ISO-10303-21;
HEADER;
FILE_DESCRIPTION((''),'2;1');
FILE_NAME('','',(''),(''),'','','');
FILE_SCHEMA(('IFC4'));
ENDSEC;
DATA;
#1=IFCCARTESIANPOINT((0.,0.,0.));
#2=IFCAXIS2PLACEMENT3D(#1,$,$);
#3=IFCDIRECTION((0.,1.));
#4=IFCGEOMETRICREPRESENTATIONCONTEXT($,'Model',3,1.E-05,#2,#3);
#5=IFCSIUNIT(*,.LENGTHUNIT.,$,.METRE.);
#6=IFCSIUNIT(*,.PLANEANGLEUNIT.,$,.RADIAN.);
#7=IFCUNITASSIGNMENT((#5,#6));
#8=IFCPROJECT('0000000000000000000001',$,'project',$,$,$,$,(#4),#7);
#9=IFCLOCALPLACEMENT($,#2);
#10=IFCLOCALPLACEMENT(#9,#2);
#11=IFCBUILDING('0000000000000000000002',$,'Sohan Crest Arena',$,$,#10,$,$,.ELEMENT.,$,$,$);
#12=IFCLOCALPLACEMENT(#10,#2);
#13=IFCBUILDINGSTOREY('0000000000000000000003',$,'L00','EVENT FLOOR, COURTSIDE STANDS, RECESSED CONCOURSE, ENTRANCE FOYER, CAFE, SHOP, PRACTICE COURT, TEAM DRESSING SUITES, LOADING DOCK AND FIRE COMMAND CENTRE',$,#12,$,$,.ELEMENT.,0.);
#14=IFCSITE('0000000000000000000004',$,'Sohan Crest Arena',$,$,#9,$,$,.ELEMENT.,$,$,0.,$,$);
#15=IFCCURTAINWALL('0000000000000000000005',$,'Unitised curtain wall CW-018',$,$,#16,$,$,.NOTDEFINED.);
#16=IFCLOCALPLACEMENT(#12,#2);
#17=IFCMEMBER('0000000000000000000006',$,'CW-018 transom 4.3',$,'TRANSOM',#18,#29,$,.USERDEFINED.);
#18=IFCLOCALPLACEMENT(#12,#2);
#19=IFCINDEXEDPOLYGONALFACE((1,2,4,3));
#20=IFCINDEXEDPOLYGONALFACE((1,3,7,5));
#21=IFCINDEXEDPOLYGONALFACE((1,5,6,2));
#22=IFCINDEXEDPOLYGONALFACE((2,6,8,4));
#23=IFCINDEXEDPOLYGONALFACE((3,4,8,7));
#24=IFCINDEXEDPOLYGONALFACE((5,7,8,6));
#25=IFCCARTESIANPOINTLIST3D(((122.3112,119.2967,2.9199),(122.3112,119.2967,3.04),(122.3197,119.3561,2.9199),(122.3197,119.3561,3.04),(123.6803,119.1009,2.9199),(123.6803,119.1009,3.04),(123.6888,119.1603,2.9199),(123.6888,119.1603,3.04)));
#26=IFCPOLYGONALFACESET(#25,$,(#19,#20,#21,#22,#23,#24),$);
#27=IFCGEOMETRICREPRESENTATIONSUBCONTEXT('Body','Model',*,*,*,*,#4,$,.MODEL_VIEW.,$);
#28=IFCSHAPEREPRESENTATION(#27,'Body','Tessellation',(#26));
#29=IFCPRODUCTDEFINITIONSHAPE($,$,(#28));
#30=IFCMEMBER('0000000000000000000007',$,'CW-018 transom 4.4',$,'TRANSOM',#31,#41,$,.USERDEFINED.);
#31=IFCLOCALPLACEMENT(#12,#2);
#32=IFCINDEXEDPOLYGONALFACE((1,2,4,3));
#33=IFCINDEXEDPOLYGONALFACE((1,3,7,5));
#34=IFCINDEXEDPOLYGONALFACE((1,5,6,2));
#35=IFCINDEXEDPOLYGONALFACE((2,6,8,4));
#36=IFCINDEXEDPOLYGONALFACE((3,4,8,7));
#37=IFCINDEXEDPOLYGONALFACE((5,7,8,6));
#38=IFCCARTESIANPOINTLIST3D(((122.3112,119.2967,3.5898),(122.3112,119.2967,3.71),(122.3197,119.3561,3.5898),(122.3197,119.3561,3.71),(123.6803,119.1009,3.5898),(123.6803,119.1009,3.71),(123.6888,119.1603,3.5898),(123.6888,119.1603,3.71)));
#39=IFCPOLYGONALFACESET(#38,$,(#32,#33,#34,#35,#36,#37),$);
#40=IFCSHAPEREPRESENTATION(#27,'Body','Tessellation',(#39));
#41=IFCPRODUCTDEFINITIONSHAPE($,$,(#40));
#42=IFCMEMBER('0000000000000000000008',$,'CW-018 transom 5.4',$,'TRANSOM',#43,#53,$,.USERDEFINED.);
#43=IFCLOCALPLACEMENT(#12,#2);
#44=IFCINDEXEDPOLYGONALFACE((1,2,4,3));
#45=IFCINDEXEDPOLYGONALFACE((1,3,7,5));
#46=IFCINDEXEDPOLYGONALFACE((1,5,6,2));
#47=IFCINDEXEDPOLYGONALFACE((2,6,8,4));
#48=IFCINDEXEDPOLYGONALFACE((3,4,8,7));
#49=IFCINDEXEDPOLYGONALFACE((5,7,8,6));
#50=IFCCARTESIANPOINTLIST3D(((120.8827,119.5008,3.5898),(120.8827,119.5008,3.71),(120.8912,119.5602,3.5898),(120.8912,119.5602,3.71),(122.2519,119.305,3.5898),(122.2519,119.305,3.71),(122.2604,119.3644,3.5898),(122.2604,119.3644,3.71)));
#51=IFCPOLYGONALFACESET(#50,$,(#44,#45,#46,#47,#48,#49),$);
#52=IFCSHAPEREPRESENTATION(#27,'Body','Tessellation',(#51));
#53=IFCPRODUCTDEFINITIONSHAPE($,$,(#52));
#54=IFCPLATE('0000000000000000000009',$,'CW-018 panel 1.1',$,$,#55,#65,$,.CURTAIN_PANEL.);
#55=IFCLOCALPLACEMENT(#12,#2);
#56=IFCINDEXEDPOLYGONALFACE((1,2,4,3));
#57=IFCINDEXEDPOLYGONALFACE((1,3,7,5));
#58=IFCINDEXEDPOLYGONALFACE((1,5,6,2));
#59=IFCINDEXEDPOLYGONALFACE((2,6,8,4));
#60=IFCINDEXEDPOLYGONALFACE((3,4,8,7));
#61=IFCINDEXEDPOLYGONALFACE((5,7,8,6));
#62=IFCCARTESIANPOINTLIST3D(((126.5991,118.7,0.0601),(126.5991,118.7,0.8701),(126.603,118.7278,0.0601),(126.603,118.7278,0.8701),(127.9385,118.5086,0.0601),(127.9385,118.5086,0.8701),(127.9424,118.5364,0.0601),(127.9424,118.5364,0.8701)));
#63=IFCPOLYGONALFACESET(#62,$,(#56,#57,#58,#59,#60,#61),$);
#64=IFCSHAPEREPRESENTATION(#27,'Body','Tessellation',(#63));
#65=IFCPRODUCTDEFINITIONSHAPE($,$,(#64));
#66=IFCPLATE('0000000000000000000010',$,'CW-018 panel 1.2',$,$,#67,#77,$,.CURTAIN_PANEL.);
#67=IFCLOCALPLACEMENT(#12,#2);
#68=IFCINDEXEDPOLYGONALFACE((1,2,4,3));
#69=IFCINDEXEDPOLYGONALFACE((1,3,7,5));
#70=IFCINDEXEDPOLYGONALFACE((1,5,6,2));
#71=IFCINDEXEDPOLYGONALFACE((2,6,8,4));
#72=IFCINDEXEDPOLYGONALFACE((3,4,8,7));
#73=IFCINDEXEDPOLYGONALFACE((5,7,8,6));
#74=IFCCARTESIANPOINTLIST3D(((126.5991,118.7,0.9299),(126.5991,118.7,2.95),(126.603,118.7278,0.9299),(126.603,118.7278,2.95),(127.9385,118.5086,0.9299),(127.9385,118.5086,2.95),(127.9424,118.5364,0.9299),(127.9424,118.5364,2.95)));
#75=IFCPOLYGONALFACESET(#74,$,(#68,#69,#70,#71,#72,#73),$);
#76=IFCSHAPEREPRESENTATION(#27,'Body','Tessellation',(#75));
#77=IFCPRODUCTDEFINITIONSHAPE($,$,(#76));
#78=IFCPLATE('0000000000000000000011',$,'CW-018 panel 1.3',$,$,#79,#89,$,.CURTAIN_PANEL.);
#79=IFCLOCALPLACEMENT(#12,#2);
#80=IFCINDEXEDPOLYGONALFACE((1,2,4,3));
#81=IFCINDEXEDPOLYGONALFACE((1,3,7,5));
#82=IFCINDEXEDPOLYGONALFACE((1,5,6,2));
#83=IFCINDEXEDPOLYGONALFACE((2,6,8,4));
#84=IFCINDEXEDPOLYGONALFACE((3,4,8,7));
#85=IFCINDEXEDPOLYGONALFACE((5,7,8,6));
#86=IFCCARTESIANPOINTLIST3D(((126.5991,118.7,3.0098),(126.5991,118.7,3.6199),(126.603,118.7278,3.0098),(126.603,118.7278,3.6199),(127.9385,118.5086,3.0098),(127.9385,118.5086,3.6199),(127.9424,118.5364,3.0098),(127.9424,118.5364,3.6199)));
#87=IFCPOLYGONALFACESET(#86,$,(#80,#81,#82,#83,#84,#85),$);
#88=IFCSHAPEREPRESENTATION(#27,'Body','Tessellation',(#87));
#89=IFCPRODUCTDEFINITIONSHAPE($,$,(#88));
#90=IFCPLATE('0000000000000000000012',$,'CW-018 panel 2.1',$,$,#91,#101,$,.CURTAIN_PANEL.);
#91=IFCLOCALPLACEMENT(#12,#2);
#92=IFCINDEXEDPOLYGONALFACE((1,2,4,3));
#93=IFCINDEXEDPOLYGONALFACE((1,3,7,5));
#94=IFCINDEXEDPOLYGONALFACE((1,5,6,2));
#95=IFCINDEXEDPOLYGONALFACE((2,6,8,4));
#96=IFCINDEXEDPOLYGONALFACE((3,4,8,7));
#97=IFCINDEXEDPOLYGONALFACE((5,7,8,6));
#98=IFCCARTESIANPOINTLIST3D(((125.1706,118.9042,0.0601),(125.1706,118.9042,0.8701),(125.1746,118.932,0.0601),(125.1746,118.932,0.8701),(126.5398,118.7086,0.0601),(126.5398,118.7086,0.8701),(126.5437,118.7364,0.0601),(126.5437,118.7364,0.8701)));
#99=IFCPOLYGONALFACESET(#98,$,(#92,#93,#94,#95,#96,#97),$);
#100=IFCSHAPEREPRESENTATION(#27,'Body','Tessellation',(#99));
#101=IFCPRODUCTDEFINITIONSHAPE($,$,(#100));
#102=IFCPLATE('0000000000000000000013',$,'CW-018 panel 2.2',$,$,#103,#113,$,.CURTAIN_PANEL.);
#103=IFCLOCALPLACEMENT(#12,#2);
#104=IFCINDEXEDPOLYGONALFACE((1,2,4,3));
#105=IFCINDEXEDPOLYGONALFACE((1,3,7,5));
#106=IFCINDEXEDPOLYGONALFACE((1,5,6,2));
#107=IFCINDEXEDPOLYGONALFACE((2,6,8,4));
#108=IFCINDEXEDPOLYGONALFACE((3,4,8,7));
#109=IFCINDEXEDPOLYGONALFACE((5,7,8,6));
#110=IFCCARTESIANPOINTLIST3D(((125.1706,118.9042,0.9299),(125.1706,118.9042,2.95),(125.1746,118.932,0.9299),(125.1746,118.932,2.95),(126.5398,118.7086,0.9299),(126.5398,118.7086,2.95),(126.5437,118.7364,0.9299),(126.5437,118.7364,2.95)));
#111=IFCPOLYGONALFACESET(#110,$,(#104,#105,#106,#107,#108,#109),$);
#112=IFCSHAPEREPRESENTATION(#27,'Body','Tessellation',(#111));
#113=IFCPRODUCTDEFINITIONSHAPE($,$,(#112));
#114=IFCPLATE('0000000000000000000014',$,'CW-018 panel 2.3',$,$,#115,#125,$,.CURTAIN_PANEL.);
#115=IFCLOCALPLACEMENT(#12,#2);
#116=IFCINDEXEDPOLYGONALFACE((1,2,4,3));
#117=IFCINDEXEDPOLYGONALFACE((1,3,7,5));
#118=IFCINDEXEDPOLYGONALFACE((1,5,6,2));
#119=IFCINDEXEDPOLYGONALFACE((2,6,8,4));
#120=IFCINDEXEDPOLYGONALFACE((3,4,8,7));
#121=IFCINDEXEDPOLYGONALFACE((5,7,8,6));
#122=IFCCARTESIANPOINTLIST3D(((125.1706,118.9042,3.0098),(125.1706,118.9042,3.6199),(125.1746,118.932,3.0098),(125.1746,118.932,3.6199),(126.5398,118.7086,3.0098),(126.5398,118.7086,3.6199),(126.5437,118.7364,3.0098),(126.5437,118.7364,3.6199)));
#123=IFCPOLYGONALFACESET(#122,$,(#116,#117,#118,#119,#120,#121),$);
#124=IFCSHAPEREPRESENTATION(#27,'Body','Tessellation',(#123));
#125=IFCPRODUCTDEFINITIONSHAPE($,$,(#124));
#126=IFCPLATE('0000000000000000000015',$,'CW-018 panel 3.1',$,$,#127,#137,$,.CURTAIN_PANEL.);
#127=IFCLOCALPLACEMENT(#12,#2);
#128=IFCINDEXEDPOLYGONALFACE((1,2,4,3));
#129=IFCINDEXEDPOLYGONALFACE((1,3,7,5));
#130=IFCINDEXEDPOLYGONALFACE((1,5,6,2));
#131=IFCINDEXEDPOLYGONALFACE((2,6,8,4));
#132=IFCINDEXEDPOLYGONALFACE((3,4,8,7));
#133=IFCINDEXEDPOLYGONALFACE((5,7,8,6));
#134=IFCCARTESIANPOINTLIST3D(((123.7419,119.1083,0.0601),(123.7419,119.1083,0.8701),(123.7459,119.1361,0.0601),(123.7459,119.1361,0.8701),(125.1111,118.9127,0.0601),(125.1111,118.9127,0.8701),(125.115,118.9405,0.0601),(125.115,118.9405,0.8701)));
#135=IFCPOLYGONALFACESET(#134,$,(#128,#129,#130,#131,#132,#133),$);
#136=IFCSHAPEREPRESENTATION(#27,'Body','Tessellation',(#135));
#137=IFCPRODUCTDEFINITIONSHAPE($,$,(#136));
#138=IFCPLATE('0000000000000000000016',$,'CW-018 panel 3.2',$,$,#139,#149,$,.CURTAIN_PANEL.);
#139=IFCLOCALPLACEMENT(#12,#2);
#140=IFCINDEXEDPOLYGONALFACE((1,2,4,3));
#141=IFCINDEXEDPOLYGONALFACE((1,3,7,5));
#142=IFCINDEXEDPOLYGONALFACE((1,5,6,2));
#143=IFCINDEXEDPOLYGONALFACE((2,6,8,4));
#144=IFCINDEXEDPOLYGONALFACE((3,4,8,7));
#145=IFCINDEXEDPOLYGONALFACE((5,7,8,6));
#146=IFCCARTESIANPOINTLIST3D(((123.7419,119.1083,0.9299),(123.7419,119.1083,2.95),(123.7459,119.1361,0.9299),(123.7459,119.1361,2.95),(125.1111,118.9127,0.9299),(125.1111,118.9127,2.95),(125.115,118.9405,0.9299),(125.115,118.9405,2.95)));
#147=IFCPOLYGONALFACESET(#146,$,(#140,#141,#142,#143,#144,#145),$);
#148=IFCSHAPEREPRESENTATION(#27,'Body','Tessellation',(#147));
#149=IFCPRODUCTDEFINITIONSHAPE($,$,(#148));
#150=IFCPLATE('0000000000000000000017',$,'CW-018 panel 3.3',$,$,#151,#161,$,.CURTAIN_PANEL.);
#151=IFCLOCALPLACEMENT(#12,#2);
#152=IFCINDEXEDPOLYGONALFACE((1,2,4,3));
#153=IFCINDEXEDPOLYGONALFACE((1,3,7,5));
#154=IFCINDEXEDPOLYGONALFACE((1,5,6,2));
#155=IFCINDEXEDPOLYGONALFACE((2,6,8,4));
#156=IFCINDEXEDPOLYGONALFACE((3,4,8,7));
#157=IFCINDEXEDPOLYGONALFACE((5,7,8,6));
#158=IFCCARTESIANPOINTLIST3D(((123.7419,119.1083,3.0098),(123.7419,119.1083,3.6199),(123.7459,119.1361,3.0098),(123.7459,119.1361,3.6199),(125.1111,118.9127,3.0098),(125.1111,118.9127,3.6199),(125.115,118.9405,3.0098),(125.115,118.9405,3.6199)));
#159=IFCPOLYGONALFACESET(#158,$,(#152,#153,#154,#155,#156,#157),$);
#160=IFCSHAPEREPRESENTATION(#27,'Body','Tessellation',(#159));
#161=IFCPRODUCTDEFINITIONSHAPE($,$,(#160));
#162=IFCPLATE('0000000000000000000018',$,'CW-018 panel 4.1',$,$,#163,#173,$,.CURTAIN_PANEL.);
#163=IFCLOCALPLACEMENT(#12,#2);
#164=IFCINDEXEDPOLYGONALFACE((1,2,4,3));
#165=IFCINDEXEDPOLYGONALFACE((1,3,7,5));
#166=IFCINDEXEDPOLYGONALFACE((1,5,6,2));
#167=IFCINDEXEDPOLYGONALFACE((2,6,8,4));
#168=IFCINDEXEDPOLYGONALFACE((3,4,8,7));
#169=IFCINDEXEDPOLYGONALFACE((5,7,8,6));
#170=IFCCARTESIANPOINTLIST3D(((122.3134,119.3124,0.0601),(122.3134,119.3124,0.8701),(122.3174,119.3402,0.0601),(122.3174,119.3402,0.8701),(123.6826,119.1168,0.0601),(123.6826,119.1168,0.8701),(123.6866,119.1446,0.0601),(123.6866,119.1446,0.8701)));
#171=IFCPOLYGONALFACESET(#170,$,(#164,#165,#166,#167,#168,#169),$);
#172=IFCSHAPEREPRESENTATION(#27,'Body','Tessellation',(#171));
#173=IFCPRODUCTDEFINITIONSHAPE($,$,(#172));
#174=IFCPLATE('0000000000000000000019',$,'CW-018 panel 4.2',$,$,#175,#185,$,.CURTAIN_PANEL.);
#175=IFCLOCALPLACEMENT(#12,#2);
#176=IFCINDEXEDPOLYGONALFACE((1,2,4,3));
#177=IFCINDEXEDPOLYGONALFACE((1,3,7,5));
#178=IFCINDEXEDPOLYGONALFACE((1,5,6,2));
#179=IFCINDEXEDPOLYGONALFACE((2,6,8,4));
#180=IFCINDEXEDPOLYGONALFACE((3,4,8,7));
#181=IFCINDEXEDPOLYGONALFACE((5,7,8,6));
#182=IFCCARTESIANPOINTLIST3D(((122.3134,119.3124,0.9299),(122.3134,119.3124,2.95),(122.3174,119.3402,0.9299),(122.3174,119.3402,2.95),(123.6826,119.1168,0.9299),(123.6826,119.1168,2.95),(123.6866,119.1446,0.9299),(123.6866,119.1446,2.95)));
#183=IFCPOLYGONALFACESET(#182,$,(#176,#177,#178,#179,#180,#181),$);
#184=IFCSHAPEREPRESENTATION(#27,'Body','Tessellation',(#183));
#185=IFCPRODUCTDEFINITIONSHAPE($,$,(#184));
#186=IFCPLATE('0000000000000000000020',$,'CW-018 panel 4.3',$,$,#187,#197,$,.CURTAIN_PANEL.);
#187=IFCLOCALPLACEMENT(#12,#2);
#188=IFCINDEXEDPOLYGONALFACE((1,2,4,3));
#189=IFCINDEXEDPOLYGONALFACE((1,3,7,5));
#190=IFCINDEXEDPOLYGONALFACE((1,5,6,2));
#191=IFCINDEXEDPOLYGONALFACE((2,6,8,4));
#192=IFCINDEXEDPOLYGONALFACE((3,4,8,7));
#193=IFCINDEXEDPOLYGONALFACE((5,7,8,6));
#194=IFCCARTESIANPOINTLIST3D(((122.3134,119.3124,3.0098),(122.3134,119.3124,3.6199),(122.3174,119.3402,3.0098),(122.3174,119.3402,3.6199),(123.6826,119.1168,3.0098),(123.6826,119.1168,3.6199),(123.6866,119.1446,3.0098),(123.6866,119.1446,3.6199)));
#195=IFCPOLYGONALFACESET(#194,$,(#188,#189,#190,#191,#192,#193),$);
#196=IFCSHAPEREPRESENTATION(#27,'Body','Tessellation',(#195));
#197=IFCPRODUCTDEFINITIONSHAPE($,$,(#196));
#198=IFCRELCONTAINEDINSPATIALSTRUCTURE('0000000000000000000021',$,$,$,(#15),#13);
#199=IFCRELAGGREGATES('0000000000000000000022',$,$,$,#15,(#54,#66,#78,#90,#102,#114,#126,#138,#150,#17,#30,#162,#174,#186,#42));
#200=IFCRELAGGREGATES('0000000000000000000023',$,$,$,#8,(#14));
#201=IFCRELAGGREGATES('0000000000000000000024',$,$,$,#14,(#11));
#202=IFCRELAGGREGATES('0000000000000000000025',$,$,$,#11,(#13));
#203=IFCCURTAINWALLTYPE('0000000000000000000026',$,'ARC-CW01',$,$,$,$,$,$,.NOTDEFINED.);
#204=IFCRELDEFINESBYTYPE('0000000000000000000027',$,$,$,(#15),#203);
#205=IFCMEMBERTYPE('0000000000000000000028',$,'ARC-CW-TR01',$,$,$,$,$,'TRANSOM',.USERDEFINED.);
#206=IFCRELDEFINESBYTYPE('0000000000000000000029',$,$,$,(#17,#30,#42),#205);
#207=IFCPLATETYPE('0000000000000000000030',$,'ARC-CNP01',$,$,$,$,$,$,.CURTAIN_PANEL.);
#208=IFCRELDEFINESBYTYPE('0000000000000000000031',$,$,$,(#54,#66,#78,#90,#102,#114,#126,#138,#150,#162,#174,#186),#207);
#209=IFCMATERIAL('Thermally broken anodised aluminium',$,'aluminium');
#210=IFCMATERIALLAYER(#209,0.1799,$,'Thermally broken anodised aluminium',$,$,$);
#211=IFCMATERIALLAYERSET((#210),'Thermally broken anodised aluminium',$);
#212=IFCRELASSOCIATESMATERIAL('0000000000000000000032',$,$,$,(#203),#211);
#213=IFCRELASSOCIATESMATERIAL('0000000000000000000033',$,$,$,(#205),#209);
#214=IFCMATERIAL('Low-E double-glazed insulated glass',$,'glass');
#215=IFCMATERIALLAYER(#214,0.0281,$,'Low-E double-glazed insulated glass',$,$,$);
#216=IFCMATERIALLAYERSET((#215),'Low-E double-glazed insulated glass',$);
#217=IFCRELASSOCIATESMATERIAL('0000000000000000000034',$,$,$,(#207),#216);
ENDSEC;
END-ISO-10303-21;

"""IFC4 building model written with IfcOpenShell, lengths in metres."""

from ifc_helpers import new_model, si_unit, direction, frame, origin, origin_2d, place, context, subcontext, project, spatial, rectangle, extrude, material, layer, layer_set, material_profile, profile_set, type_object, element, aggregate, save


model = new_model("IFC4")

# Units and contexts
model_context = context("Model", 3, precision=1e-05, world=origin(), true_north=direction((0.0, 1.0)))
body_context = subcontext(model_context, "Body", "Model", "MODEL_VIEW")
ifc_project = project(units=[si_unit("LENGTHUNIT", "METRE"), si_unit("PLANEANGLEUNIT", "RADIAN")], contexts=[model_context])

# Site, building, storey
site_placement = place(None, origin())
site = spatial("IfcSite", under=ifc_project, at=site_placement, Name="Sohan Crest Arena", CompositionType="ELEMENT", RefElevation=0.0)
building_placement = place(site_placement, origin())
building = spatial("IfcBuilding", under=site, at=building_placement, Name="Sohan Crest Arena", CompositionType="ELEMENT")
storey_placement = place(building_placement, origin())
storey = spatial("IfcBuildingStorey", under=building, at=storey_placement, Name="L00", Description="EVENT FLOOR, COURTSIDE STANDS, RECESSED CONCOURSE, ENTRANCE FOYER, CAFE, SHOP, PRACTICE COURT, TEAM DRESSING SUITES, LOADING DOCK AND FIRE COMMAND CENTRE", CompositionType="ELEMENT", Elevation=0.0)

# Curtain wall, members, plates
ifc_material_1 = material(Name="Thermally broken anodised aluminium", Category="aluminium")
ifc_layer_1 = layer(ifc_material_1, 0.1799, Name="Thermally broken anodised aluminium")
ifc_layer_set_1 = layer_set([ifc_layer_1], Name="Thermally broken anodised aluminium")
curtain_wall_type = type_object("IfcCurtainWallType", Name="ARC-CW01", PredefinedType="NOTDEFINED", material=ifc_layer_set_1)
curtain_wall_placement = place(storey_placement, origin())
curtain_wall = element("IfcCurtainWall", 1, at=curtain_wall_placement, inside=storey, type_object=curtain_wall_type, Name="Unitised curtain wall CW-018", PredefinedType="NOTDEFINED")
ifc_material_profile_1 = material_profile(ifc_material_1, rectangle(XDim=0.0601, YDim=0.1201, at=origin_2d()), Name="ALU-TRAN 60x120")
ifc_profile_set_1 = profile_set([ifc_material_profile_1], Name="Thermally broken anodised aluminium")
member_type_1 = type_object("IfcMemberType", Name="ARC-CW-TR01", ElementType="TRANSOM", PredefinedType="USERDEFINED", material=ifc_profile_set_1)
member_1_placement = place(storey_placement, frame((123.6846, 119.1306, 2.98), z_axis=(-0.989928, 0.14157, 0.0), x_axis=(-0.14157, -0.989928, 0.0)))
member_1 = element("IfcMember", 2, at=member_1_placement, type_object=member_type_1, Name="CW-018 transom 4.3", ObjectType="TRANSOM", PredefinedType="USERDEFINED", context=body_context, shape_type="SweptSolid", body=[
    extrude(rectangle(XDim=0.0601, YDim=0.1201, at=origin_2d()), origin(), (0.0, 0.0, 1.0), 1.3831),
])
member_2_placement = place(storey_placement, frame((123.6846, 119.1306, 3.6499), z_axis=(-0.989928, 0.14157, 0.0), x_axis=(-0.14157, -0.989928, 0.0)))
member_2 = element("IfcMember", 3, at=member_2_placement, type_object=member_type_1, Name="CW-018 transom 4.4", ObjectType="TRANSOM", PredefinedType="USERDEFINED", context=body_context, shape_type="SweptSolid", body=[
    extrude(rectangle(XDim=0.0601, YDim=0.1201, at=origin_2d()), origin(), (0.0, 0.0, 1.0), 1.3831),
])
member_3_placement = place(storey_placement, frame((122.2561, 119.3347, 3.6499), z_axis=(-0.989928, 0.14157, 0.0), x_axis=(-0.14157, -0.989928, 0.0)))
member_3 = element("IfcMember", 4, at=member_3_placement, type_object=member_type_1, Name="CW-018 transom 5.4", ObjectType="TRANSOM", PredefinedType="USERDEFINED", context=body_context, shape_type="SweptSolid", body=[
    extrude(rectangle(XDim=0.0601, YDim=0.1201, at=origin_2d()), origin(), (0.0, 0.0, 1.0), 1.3831),
])
ifc_material_2 = material(Name="Low-E double-glazed insulated glass", Category="glass")
ifc_layer_2 = layer(ifc_material_2, 0.0281, Name="Low-E double-glazed insulated glass")
ifc_layer_set_2 = layer_set([ifc_layer_2], Name="Low-E double-glazed insulated glass")
plate_type = type_object("IfcPlateType", Name="ARC-CNP01", PredefinedType="CURTAIN_PANEL", material=ifc_layer_set_2)
plate_1_placement = place(storey_placement, frame((127.2708, 118.6182, 0.0601), z_axis=(0.0, 0.0, 1.0), x_axis=(-0.989944, 0.141463, 0.0)))
plate_1 = element("IfcPlate", 5, at=plate_1_placement, type_object=plate_type, Name="CW-018 panel 1.1", PredefinedType="CURTAIN_PANEL", context=body_context, shape_type="SweptSolid", body=[
    extrude(rectangle(XDim=1.353, YDim=0.0281, at=origin_2d()), origin(), (0.0, 0.0, 1.0), 0.8101),
])
plate_2_placement = place(storey_placement, frame((127.2708, 118.6182, 0.9299), z_axis=(0.0, 0.0, 1.0), x_axis=(-0.989944, 0.141463, 0.0)))
plate_2 = element("IfcPlate", 6, at=plate_2_placement, type_object=plate_type, Name="CW-018 panel 1.2", PredefinedType="CURTAIN_PANEL", context=body_context, shape_type="SweptSolid", body=[
    extrude(rectangle(XDim=1.353, YDim=0.0281, at=origin_2d()), origin(), (0.0, 0.0, 1.0), 2.02),
])
plate_3_placement = place(storey_placement, frame((127.2708, 118.6182, 3.0098), z_axis=(0.0, 0.0, 1.0), x_axis=(-0.989944, 0.141463, 0.0)))
plate_3 = element("IfcPlate", 7, at=plate_3_placement, type_object=plate_type, Name="CW-018 panel 1.3", PredefinedType="CURTAIN_PANEL", context=body_context, shape_type="SweptSolid", body=[
    extrude(rectangle(XDim=1.353, YDim=0.0281, at=origin_2d()), origin(), (0.0, 0.0, 1.0), 0.6101),
])
plate_4_placement = place(storey_placement, frame((125.8572, 118.8203, 0.0601), z_axis=(0.0, 0.0, 1.0), x_axis=(-0.989944, 0.141463, 0.0)))
plate_4 = element("IfcPlate", 8, at=plate_4_placement, type_object=plate_type, Name="CW-018 panel 2.1", PredefinedType="CURTAIN_PANEL", context=body_context, shape_type="SweptSolid", body=[
    extrude(rectangle(XDim=1.3831, YDim=0.0281, at=origin_2d()), origin(), (0.0, 0.0, 1.0), 0.8101),
])
plate_5_placement = place(storey_placement, frame((125.8572, 118.8203, 0.9299), z_axis=(0.0, 0.0, 1.0), x_axis=(-0.989944, 0.141463, 0.0)))
plate_5 = element("IfcPlate", 9, at=plate_5_placement, type_object=plate_type, Name="CW-018 panel 2.2", PredefinedType="CURTAIN_PANEL", context=body_context, shape_type="SweptSolid", body=[
    extrude(rectangle(XDim=1.3831, YDim=0.0281, at=origin_2d()), origin(), (0.0, 0.0, 1.0), 2.02),
])
plate_6_placement = place(storey_placement, frame((125.8572, 118.8203, 3.0098), z_axis=(0.0, 0.0, 1.0), x_axis=(-0.989944, 0.141463, 0.0)))
plate_6 = element("IfcPlate", 10, at=plate_6_placement, type_object=plate_type, Name="CW-018 panel 2.3", PredefinedType="CURTAIN_PANEL", context=body_context, shape_type="SweptSolid", body=[
    extrude(rectangle(XDim=1.3831, YDim=0.0281, at=origin_2d()), origin(), (0.0, 0.0, 1.0), 0.6101),
])
plate_7_placement = place(storey_placement, frame((124.4285, 119.0244, 0.0601), z_axis=(0.0, 0.0, 1.0), x_axis=(-0.989944, 0.141463, 0.0)))
plate_7 = element("IfcPlate", 11, at=plate_7_placement, type_object=plate_type, Name="CW-018 panel 3.1", PredefinedType="CURTAIN_PANEL", context=body_context, shape_type="SweptSolid", body=[
    extrude(rectangle(XDim=1.3831, YDim=0.0281, at=origin_2d()), origin(), (0.0, 0.0, 1.0), 0.8101),
])
plate_8_placement = place(storey_placement, frame((124.4285, 119.0244, 0.9299), z_axis=(0.0, 0.0, 1.0), x_axis=(-0.989944, 0.141463, 0.0)))
plate_8 = element("IfcPlate", 12, at=plate_8_placement, type_object=plate_type, Name="CW-018 panel 3.2", PredefinedType="CURTAIN_PANEL", context=body_context, shape_type="SweptSolid", body=[
    extrude(rectangle(XDim=1.3831, YDim=0.0281, at=origin_2d()), origin(), (0.0, 0.0, 1.0), 2.02),
])
plate_9_placement = place(storey_placement, frame((124.4285, 119.0244, 3.0098), z_axis=(0.0, 0.0, 1.0), x_axis=(-0.989944, 0.141463, 0.0)))
plate_9 = element("IfcPlate", 13, at=plate_9_placement, type_object=plate_type, Name="CW-018 panel 3.3", PredefinedType="CURTAIN_PANEL", context=body_context, shape_type="SweptSolid", body=[
    extrude(rectangle(XDim=1.3831, YDim=0.0281, at=origin_2d()), origin(), (0.0, 0.0, 1.0), 0.6101),
])
plate_10_placement = place(storey_placement, frame((123.0, 119.2285, 0.0601), z_axis=(0.0, 0.0, 1.0), x_axis=(-0.989944, 0.141463, 0.0)))
plate_10 = element("IfcPlate", 14, at=plate_10_placement, type_object=plate_type, Name="CW-018 panel 4.1", PredefinedType="CURTAIN_PANEL", context=body_context, shape_type="SweptSolid", body=[
    extrude(rectangle(XDim=1.3831, YDim=0.0281, at=origin_2d()), origin(), (0.0, 0.0, 1.0), 0.8101),
])
plate_11_placement = place(storey_placement, frame((123.0, 119.2285, 0.9299), z_axis=(0.0, 0.0, 1.0), x_axis=(-0.989944, 0.141463, 0.0)))
plate_11 = element("IfcPlate", 15, at=plate_11_placement, type_object=plate_type, Name="CW-018 panel 4.2", PredefinedType="CURTAIN_PANEL", context=body_context, shape_type="SweptSolid", body=[
    extrude(rectangle(XDim=1.3831, YDim=0.0281, at=origin_2d()), origin(), (0.0, 0.0, 1.0), 2.02),
])
plate_12_placement = place(storey_placement, frame((123.0, 119.2285, 3.0098), z_axis=(0.0, 0.0, 1.0), x_axis=(-0.989944, 0.141463, 0.0)))
plate_12 = element("IfcPlate", 16, at=plate_12_placement, type_object=plate_type, Name="CW-018 panel 4.3", PredefinedType="CURTAIN_PANEL", context=body_context, shape_type="SweptSolid", body=[
    extrude(rectangle(XDim=1.3831, YDim=0.0281, at=origin_2d()), origin(), (0.0, 0.0, 1.0), 0.6101),
])
aggregate(curtain_wall, [plate_1, plate_2, plate_3, plate_4, plate_5, plate_6, plate_7, plate_8, plate_9, member_1, member_2, plate_10, plate_11, plate_12, member_3])

save(model, "model.ifc")
